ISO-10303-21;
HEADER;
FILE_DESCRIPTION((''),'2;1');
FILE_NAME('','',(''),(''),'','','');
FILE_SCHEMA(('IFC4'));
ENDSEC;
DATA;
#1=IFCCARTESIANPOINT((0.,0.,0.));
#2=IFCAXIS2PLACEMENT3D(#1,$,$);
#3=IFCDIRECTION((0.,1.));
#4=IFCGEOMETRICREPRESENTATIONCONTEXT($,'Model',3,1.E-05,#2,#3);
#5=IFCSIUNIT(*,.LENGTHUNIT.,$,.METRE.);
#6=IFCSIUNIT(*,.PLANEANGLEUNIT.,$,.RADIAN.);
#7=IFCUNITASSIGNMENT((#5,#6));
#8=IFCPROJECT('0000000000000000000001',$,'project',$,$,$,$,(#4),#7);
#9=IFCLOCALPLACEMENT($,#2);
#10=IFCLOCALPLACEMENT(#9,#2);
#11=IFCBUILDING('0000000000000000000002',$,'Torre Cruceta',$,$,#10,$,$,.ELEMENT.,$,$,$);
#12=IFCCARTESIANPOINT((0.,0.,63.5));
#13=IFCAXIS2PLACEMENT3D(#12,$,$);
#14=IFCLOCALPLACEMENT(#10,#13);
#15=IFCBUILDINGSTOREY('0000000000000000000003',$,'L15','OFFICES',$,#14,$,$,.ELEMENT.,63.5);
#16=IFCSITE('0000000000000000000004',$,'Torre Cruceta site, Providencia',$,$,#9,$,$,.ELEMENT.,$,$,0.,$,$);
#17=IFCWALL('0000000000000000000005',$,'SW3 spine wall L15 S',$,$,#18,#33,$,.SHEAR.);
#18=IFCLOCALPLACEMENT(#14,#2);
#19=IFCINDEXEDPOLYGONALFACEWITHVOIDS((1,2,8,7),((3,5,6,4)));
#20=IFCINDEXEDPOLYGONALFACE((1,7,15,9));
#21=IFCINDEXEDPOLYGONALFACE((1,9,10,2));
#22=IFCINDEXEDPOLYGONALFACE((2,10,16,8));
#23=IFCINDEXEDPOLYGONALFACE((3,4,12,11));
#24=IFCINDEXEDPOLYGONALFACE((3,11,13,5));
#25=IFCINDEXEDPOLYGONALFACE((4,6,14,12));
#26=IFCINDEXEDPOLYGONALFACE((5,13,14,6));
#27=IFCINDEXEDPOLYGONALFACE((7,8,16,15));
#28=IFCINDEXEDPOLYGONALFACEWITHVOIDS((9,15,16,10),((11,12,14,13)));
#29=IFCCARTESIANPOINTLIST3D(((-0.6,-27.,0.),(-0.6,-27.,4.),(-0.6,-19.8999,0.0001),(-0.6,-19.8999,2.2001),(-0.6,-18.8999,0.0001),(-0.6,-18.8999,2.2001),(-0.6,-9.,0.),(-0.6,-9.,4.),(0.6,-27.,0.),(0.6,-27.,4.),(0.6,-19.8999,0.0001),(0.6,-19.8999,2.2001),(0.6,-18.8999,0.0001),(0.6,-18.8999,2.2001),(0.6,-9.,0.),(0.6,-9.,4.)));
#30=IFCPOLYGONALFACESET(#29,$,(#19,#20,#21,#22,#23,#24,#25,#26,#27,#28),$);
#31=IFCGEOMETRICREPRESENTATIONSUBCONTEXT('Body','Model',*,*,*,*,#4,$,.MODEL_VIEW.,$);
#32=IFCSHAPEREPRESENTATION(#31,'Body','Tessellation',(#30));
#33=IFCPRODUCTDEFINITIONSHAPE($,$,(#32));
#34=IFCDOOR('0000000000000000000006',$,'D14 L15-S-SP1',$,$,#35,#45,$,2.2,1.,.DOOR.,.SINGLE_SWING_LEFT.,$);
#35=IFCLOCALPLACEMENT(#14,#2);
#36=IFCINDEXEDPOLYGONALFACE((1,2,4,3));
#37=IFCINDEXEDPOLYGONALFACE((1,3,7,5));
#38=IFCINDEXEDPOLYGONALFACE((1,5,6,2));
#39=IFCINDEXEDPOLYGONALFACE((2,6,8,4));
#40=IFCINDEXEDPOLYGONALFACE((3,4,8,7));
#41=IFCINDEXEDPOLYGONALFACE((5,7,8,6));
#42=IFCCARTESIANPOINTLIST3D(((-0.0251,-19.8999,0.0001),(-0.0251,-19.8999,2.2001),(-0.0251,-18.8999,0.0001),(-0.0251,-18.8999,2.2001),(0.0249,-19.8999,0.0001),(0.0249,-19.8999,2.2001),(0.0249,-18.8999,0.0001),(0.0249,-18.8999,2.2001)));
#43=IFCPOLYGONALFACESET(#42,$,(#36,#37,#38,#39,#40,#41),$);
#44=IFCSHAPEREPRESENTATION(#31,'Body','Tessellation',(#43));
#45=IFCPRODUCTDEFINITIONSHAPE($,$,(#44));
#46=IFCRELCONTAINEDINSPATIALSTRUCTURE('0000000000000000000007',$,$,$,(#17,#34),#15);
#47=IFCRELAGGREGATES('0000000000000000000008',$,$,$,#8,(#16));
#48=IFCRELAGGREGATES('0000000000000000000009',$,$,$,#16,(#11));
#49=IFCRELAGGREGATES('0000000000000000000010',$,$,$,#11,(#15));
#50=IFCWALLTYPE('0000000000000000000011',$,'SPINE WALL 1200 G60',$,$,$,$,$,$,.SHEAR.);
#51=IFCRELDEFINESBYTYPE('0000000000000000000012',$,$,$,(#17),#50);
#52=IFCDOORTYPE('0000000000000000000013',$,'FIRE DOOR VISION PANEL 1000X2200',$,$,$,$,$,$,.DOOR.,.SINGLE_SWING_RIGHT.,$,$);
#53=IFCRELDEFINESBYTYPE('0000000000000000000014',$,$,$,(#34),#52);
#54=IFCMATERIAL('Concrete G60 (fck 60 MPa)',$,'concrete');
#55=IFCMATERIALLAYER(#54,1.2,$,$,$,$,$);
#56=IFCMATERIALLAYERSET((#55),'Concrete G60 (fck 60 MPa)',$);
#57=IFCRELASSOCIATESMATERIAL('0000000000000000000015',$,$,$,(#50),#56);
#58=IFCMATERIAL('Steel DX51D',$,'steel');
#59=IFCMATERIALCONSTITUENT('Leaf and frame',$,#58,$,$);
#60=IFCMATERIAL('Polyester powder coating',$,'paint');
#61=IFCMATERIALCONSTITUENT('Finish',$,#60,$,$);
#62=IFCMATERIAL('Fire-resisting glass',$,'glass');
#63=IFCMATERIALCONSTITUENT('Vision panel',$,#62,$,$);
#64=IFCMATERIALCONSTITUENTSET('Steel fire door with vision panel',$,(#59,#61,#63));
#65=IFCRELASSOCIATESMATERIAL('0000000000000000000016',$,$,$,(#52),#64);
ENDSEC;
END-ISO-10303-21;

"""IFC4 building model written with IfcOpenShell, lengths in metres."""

from ifc_helpers import new_model, si_unit, direction, frame, frame_2d, origin, place, context, subcontext, project, spatial, rectangle, extrude, material, layer, layer_set, constituent, constituent_set, type_object, element, fill, save


model = new_model("IFC4")

# Units and contexts
model_context = context("Model", 3, precision=1e-05, world=origin(), true_north=direction((0.0, 1.0)))
body_context = subcontext(model_context, "Body", "Model", "MODEL_VIEW")
ifc_project = project(units=[si_unit("LENGTHUNIT", "METRE"), si_unit("PLANEANGLEUNIT", "RADIAN")], contexts=[model_context])

# Site, building, storey
site_placement = place(None, origin())
site = spatial("IfcSite", under=ifc_project, at=site_placement, Name="Torre Cruceta site, Providencia", CompositionType="ELEMENT", RefElevation=0.0)
building_placement = place(site_placement, origin())
building = spatial("IfcBuilding", under=site, at=building_placement, Name="Torre Cruceta", CompositionType="ELEMENT")
storey_placement = place(building_placement, frame((0.0, 0.0, 63.5)))
storey = spatial("IfcBuildingStorey", under=building, at=storey_placement, Name="L15", Description="OFFICES", CompositionType="ELEMENT", Elevation=63.5)

# Wall, opening, door
ifc_material_1 = material(Name="Concrete G60 (fck 60 MPa)", Category="concrete")
ifc_layer_1 = layer(ifc_material_1, 1.2)
ifc_layer_set_1 = layer_set([ifc_layer_1], Name="Concrete G60 (fck 60 MPa)")
wall_type_1 = type_object("IfcWallType", Name="SPINE WALL 1200 G60", PredefinedType="SHEAR", material=ifc_layer_set_1)
wall_1_placement = place(storey_placement, frame((0.0, -9.0, 0.0), z_axis=(0.0, 0.0, 1.0), x_axis=(0.0, -1.0, 0.0)))
wall_1 = element("IfcWall", 1, at=wall_1_placement, inside=storey, type_object=wall_type_1, Name="SW3 spine wall L15 S", PredefinedType="SHEAR", context=body_context, shape_type="SweptSolid", body=[
    extrude(rectangle(XDim=18.0, YDim=1.2, at=frame_2d((9.0, 0.0))), origin(), (0.0, 0.0, 1.0), 4.0),
])
opening_1_placement = place(wall_1_placement, frame((9.8999, 0.0, 0.0)))
opening_1 = element("IfcOpeningElement", 2, at=opening_1_placement, cuts=wall_1, PredefinedType="OPENING", context=body_context, shape_type="SweptSolid", body=[
    extrude(rectangle(XDim=1.0, YDim=2.2, at=frame_2d((0.5, 1.1001))), frame((0.0, 0.6099, 0.0), z_axis=(0.0, -1.0, 0.0), x_axis=(1.0, 0.0, 0.0)), (0.0, 0.0, 1.0), 1.22),
])
ifc_material_2 = material(Name="Steel DX51D", Category="steel")
ifc_constituent_1 = constituent(ifc_material_2, Name="Leaf and frame")
ifc_material_3 = material(Name="Polyester powder coating", Category="paint")
ifc_constituent_2 = constituent(ifc_material_3, Name="Finish")
ifc_material_4 = material(Name="Fire-resisting glass", Category="glass")
ifc_constituent_3 = constituent(ifc_material_4, Name="Vision panel")
ifc_constituent_set_1 = constituent_set(constituents=[ifc_constituent_1, ifc_constituent_2, ifc_constituent_3], Name="Steel fire door with vision panel")
door_type_1 = type_object("IfcDoorType", Name="FIRE DOOR VISION PANEL 1000X2200", OperationType="SINGLE_SWING_RIGHT", PredefinedType="DOOR", material=ifc_constituent_set_1)
door_1_placement = place(opening_1_placement, frame((1.0, 0.0, 0.0), z_axis=(0.0, 0.0, 1.0), x_axis=(-1.0, 0.0, 0.0)))
door_1 = element("IfcDoor", 3, at=door_1_placement, inside=storey, type_object=door_type_1, Name="D14 L15-S-SP1", OperationType="SINGLE_SWING_LEFT", OverallHeight=2.2, OverallWidth=1.0, PredefinedType="DOOR", context=body_context, shape_type="SweptSolid", body=[
    extrude(rectangle(XDim=1.0, YDim=2.2, at=frame_2d((0.5, 1.1001))), frame((0.0, 0.0251, 0.0), z_axis=(0.0, -1.0, 0.0), x_axis=(1.0, 0.0, 0.0)), (0.0, 0.0, 1.0), 0.05),
])
fill(opening_1, door_1)

save(model, "model.ifc")
